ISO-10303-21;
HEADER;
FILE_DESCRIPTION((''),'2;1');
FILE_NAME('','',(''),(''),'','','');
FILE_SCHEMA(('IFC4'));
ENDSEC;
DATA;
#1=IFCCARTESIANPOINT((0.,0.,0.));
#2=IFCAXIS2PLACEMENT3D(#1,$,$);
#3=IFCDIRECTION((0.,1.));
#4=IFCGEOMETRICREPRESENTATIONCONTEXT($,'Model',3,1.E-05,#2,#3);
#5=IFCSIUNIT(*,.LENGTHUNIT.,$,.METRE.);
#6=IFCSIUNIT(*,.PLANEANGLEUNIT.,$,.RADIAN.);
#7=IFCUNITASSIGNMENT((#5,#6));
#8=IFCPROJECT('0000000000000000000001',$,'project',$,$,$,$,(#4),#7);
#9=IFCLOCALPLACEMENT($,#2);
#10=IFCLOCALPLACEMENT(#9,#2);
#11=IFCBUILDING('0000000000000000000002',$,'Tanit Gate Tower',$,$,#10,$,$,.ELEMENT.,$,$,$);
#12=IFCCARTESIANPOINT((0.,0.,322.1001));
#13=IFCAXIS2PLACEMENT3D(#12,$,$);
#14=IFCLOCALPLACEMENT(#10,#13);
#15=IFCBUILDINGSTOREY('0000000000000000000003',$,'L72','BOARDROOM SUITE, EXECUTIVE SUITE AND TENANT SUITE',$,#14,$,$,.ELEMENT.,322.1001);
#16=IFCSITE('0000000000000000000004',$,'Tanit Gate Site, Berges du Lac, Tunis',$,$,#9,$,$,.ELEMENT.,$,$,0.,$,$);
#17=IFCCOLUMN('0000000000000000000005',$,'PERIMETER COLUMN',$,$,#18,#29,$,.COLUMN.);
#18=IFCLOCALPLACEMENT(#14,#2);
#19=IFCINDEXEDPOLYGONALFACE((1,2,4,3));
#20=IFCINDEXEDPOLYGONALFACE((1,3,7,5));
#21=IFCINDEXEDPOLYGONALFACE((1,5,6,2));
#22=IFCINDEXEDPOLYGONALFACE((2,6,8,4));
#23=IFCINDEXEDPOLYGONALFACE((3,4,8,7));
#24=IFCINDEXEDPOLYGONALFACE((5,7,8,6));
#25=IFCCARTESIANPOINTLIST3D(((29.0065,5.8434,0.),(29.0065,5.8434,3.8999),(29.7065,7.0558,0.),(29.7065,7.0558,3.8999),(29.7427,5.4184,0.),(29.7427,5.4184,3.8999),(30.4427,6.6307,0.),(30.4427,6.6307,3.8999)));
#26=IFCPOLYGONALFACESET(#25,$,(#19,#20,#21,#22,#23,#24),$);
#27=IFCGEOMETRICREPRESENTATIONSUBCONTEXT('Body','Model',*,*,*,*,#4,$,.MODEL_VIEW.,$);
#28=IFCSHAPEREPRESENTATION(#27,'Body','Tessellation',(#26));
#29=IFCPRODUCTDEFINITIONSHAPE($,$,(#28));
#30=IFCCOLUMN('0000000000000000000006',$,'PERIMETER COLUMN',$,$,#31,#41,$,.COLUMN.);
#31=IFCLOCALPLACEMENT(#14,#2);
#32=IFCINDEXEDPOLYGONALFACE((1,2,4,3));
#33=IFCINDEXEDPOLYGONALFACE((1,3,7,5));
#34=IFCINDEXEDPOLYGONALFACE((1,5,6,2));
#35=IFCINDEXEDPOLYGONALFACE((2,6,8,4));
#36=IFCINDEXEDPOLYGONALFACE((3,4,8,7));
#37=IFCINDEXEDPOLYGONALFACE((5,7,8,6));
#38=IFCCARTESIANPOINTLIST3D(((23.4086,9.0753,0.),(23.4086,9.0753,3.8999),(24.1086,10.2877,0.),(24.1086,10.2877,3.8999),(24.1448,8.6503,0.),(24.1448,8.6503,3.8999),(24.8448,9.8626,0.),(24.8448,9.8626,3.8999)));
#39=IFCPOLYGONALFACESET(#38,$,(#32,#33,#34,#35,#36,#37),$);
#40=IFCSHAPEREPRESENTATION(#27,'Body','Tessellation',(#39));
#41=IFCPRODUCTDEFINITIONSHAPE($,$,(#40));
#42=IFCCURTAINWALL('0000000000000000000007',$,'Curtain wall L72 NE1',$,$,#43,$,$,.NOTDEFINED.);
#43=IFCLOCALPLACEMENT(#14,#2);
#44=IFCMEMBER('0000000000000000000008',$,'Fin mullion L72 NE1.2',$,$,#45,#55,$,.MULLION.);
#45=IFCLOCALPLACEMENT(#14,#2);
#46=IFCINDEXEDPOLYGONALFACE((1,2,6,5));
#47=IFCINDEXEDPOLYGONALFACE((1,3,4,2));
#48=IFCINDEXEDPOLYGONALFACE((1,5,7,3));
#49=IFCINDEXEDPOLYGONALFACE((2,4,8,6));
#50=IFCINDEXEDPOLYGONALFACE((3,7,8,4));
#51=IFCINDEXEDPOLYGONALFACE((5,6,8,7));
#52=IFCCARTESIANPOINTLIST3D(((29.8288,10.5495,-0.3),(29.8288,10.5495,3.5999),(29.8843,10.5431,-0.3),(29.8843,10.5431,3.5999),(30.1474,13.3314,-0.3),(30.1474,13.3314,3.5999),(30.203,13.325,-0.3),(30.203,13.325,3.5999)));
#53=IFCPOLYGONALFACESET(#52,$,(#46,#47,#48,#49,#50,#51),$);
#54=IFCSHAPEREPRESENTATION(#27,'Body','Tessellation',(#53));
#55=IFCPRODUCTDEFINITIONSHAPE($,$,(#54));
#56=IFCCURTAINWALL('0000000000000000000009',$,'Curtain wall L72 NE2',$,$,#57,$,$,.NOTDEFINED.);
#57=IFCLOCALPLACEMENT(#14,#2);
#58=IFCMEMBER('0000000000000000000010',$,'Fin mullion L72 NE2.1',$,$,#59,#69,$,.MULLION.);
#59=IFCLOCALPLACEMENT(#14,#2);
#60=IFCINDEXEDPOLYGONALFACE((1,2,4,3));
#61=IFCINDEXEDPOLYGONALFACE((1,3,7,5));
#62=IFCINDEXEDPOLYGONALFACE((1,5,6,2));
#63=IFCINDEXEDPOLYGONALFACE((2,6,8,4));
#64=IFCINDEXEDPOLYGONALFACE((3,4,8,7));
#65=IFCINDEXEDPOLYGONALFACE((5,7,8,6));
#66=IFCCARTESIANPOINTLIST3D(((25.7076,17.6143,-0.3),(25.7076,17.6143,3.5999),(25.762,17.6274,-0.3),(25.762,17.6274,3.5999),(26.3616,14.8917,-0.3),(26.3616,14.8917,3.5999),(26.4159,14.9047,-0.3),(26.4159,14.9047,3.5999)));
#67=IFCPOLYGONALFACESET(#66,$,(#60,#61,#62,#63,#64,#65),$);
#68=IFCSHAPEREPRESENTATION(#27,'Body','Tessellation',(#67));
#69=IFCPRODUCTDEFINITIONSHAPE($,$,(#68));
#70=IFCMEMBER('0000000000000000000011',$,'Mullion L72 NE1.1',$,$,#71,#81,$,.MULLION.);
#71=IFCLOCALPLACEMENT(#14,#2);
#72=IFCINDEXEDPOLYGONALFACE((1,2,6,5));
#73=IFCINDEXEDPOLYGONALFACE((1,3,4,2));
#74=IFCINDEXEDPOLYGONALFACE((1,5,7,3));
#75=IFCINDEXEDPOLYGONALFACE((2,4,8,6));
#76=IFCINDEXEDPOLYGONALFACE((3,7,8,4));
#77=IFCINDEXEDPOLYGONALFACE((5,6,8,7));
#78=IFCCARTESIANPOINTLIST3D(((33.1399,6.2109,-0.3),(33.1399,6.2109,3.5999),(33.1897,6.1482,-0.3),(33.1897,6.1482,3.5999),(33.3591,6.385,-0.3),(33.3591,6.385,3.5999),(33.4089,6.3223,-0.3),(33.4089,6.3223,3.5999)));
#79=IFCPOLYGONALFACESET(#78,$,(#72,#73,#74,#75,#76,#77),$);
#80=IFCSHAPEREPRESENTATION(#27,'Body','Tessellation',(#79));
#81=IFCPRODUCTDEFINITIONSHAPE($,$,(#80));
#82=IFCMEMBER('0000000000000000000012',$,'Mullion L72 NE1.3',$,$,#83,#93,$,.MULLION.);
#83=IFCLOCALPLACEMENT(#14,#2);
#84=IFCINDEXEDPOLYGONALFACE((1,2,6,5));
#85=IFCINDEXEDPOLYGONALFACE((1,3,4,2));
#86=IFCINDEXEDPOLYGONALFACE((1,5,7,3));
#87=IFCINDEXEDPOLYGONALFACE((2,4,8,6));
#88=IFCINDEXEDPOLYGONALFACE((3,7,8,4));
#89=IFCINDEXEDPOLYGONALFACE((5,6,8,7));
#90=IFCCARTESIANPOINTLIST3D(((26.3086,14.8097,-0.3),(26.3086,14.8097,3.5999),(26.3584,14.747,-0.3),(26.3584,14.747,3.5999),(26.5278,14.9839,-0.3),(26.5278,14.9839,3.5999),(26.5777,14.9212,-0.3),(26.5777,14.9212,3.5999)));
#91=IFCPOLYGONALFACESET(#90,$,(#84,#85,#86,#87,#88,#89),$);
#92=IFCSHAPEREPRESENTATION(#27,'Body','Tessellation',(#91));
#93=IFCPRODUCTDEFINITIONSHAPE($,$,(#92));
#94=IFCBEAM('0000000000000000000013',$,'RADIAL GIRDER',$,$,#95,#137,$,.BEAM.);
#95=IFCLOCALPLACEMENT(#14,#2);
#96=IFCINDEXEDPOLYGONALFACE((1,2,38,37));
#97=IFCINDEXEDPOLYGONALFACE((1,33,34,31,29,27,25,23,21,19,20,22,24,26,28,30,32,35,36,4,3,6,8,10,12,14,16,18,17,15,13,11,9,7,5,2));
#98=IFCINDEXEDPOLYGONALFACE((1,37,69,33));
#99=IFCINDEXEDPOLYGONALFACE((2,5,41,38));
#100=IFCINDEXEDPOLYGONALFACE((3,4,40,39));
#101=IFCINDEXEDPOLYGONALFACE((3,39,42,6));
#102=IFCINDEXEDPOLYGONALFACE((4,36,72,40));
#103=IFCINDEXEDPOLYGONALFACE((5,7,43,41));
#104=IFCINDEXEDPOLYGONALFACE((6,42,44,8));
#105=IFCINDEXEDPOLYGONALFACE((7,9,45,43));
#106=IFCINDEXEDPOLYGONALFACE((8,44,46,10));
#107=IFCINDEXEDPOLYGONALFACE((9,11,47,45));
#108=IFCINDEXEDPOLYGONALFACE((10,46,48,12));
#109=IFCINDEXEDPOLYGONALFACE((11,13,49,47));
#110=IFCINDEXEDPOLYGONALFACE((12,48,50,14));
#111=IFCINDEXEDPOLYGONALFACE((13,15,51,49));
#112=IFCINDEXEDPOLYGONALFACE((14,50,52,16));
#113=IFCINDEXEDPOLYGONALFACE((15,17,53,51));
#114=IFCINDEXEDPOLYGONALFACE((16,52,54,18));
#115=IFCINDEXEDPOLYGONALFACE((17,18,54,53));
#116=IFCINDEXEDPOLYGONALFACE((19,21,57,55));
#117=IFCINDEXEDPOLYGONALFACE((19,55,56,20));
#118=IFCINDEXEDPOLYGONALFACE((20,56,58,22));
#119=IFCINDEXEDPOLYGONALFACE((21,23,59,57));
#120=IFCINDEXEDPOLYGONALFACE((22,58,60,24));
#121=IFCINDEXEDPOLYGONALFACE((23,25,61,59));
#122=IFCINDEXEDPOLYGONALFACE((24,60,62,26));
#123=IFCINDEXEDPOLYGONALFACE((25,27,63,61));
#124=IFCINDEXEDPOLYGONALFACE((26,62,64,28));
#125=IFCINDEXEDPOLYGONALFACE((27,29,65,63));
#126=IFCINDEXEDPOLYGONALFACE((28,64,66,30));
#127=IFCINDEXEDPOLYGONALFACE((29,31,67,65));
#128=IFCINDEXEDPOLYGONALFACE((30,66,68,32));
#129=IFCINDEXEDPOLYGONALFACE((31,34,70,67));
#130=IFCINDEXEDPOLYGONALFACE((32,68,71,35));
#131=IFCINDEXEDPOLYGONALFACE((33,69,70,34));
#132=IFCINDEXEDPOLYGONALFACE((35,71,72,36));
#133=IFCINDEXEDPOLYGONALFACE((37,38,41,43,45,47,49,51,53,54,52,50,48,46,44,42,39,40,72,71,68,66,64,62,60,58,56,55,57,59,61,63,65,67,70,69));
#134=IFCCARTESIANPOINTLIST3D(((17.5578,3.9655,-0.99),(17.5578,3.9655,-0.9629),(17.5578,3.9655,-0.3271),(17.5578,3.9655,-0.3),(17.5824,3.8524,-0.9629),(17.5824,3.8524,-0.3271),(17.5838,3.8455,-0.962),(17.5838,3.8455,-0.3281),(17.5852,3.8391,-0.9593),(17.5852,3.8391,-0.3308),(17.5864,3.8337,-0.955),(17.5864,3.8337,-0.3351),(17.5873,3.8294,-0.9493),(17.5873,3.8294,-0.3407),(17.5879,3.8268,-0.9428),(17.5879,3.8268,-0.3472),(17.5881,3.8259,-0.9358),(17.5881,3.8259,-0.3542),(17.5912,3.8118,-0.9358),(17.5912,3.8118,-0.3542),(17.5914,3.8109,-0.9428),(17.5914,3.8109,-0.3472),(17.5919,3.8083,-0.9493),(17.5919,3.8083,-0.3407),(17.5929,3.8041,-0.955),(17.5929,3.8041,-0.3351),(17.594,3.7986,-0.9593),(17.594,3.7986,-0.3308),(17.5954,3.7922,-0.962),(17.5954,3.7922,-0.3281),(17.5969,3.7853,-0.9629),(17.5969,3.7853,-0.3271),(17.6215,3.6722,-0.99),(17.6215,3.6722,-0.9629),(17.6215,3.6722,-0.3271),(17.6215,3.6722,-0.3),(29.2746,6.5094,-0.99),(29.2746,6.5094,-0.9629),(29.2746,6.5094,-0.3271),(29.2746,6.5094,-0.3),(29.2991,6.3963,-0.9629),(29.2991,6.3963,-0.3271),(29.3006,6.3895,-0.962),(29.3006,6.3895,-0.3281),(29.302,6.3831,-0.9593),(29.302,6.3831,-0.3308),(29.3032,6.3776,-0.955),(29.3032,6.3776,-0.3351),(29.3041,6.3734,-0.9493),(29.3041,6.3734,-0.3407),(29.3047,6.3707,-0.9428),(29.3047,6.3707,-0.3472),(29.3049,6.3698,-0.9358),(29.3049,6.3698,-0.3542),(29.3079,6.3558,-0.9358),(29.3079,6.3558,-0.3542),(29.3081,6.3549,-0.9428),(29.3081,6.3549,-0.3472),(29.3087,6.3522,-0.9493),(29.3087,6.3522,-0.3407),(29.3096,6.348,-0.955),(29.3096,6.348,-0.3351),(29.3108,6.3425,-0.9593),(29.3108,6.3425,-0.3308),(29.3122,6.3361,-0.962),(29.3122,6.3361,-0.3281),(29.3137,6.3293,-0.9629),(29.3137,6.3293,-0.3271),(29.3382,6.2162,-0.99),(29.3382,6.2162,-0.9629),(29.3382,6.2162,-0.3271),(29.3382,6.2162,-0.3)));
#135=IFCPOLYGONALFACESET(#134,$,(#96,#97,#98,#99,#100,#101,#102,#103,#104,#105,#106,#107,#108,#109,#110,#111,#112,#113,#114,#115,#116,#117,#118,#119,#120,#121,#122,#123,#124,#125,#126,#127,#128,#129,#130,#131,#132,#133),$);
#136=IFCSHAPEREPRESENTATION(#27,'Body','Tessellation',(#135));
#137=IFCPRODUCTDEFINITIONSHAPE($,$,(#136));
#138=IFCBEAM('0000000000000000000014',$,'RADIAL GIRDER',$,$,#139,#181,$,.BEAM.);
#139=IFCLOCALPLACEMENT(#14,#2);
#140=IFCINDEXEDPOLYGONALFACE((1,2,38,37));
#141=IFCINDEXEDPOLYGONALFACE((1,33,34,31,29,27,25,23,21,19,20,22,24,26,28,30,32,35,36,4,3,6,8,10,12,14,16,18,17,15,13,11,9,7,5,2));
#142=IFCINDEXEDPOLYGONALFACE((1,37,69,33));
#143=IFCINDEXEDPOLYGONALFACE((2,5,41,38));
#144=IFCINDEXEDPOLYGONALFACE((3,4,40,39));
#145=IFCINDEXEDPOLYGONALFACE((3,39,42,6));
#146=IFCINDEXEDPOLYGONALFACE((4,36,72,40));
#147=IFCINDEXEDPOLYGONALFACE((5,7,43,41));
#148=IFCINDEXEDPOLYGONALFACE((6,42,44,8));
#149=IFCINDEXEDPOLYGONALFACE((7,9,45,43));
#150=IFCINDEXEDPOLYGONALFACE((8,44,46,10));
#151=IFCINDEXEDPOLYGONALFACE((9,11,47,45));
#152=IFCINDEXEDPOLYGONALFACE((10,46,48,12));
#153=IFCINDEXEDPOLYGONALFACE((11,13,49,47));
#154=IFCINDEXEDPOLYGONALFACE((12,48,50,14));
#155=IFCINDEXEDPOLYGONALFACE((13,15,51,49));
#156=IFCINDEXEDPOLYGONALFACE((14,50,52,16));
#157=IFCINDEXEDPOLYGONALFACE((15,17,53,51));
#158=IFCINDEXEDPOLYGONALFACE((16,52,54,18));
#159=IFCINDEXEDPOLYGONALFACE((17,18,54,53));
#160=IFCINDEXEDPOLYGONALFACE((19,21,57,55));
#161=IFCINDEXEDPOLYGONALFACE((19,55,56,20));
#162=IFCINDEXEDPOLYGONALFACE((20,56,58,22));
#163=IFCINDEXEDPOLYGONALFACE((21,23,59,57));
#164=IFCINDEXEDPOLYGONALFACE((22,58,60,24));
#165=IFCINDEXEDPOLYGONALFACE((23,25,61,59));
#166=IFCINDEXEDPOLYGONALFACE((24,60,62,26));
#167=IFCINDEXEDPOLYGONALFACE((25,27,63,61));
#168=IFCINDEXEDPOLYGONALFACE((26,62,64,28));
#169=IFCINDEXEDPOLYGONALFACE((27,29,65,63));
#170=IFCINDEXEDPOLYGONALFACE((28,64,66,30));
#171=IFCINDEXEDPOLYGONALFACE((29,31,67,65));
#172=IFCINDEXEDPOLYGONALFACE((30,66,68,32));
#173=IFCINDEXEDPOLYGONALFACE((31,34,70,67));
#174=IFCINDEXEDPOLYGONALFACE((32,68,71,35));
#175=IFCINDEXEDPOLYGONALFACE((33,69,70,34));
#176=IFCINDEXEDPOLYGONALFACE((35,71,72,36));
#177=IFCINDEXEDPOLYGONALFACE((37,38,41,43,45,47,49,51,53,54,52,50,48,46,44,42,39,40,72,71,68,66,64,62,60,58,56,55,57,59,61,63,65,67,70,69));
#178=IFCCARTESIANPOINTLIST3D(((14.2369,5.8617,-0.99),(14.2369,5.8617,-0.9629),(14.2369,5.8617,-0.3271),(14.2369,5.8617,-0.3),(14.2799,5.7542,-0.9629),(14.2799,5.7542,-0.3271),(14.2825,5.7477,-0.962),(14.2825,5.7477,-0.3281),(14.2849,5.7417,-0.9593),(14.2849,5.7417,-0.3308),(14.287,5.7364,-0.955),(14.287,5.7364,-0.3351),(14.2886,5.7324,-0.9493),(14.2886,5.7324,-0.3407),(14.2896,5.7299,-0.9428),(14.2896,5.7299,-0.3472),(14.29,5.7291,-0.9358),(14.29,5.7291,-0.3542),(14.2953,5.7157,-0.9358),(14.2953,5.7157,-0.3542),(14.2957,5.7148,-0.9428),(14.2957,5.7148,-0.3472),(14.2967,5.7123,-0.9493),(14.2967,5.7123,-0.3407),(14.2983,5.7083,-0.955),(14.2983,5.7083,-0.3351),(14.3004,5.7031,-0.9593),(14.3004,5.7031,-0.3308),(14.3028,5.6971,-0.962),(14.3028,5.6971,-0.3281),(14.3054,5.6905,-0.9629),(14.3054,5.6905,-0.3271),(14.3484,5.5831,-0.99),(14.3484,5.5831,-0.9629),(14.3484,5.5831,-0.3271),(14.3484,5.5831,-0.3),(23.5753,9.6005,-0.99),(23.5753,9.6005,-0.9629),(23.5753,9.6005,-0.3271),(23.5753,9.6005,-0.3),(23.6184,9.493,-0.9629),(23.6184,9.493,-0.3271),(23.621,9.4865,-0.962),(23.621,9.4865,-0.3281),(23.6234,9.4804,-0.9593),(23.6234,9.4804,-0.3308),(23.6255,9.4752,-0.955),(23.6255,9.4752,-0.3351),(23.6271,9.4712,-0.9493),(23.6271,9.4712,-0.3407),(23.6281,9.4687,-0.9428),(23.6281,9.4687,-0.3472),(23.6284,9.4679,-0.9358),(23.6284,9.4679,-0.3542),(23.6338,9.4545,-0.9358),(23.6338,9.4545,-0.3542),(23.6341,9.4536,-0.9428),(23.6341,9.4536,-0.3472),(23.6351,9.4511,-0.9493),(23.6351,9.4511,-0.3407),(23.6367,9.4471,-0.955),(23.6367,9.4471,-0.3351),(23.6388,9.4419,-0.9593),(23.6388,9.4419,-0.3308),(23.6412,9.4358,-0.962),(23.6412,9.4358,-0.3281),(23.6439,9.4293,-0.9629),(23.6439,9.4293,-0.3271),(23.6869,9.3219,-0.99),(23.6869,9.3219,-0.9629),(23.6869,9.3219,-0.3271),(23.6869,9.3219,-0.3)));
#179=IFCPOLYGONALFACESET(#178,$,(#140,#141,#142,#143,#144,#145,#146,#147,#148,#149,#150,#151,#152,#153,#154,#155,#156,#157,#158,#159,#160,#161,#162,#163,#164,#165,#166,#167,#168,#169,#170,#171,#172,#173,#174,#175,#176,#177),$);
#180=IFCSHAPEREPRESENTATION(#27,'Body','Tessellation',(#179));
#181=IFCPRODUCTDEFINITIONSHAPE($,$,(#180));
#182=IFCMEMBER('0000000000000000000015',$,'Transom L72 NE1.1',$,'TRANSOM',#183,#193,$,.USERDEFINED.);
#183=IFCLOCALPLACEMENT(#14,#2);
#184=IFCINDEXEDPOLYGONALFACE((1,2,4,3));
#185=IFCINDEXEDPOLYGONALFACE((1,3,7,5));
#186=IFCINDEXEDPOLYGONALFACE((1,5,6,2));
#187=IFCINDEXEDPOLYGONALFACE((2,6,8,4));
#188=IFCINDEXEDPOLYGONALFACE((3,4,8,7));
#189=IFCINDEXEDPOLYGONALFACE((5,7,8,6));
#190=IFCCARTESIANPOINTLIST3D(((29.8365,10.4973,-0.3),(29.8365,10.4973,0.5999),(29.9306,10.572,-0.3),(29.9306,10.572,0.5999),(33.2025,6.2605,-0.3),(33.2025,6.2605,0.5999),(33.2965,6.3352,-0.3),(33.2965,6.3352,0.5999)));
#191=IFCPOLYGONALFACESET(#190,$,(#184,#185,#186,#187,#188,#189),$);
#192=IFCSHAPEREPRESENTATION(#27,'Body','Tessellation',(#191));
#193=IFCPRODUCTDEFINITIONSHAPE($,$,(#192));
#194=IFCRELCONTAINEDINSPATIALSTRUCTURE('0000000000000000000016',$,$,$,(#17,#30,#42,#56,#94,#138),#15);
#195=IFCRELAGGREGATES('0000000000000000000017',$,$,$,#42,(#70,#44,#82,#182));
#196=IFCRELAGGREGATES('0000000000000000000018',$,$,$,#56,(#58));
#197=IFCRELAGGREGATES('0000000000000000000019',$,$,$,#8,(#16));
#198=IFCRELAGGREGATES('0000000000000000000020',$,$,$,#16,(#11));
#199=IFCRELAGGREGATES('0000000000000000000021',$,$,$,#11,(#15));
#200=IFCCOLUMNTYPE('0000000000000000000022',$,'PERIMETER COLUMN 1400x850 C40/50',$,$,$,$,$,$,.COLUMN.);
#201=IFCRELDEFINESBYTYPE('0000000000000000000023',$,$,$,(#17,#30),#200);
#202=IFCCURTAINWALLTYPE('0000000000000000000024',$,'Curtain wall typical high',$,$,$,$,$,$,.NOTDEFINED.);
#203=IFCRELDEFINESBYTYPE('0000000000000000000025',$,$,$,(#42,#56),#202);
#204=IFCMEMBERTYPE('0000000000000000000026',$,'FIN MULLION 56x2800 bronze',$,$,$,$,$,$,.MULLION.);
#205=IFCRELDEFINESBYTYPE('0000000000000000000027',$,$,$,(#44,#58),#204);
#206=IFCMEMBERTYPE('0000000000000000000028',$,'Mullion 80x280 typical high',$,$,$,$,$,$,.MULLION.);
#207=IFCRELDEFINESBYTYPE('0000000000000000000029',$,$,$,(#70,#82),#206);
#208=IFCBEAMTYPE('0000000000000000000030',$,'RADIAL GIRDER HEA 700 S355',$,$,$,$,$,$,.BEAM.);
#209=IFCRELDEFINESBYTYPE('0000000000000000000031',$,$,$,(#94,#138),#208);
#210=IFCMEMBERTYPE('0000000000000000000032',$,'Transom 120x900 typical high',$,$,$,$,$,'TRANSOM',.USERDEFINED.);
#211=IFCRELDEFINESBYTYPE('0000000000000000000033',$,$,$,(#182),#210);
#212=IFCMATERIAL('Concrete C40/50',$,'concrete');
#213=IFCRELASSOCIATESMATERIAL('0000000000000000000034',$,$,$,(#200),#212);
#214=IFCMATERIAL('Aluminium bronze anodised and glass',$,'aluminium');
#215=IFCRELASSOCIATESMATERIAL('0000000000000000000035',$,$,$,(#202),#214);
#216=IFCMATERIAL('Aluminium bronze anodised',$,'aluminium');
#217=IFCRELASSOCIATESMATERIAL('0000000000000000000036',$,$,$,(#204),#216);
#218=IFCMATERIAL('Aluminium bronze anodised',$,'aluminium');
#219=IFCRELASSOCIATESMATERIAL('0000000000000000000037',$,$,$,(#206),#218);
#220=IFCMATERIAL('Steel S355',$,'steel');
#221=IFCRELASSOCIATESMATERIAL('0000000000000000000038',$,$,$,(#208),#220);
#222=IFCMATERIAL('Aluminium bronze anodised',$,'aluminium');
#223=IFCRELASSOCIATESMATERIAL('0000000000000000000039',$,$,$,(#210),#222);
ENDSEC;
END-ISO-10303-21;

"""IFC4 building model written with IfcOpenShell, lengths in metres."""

from ifc_helpers import new_model, si_unit, direction, frame, origin, origin_2d, place, context, subcontext, project, spatial, rectangle, i_section, extrude, material, material_profile, profile_set, type_object, element, aggregate, save


model = new_model("IFC4")

# Units and contexts
model_context = context("Model", 3, precision=1e-05, world=origin(), true_north=direction((0.0, 1.0)))
body_context = subcontext(model_context, "Body", "Model", "MODEL_VIEW")
ifc_project = project(units=[si_unit("LENGTHUNIT", "METRE"), si_unit("PLANEANGLEUNIT", "RADIAN")], contexts=[model_context])

# Site, building, storey
site_placement = place(None, origin())
site = spatial("IfcSite", under=ifc_project, at=site_placement, Name="Tanit Gate Site, Berges du Lac, Tunis", CompositionType="ELEMENT", RefElevation=0.0)
building_placement = place(site_placement, origin())
building = spatial("IfcBuilding", under=site, at=building_placement, Name="Tanit Gate Tower", CompositionType="ELEMENT")
storey_placement = place(building_placement, frame((0.0, 0.0, 322.1001)))
storey = spatial("IfcBuildingStorey", under=building, at=storey_placement, Name="L72", Description="BOARDROOM SUITE, EXECUTIVE SUITE AND TENANT SUITE", CompositionType="ELEMENT", Elevation=322.1001)

# Columns
ifc_material_1 = material(Name="Concrete C40/50", Category="concrete")
ifc_material_profile_1 = material_profile(ifc_material_1, rectangle(XDim=1.3999, YDim=0.8501, at=origin_2d()), Name="RC 1400x850")
ifc_profile_set_1 = profile_set([ifc_material_profile_1], Name="Concrete C40/50")
column_type = type_object("IfcColumnType", Name="PERIMETER COLUMN 1400x850 C40/50", PredefinedType="COLUMN", material=ifc_profile_set_1)
for number, where, z_axis, x_axis, name in (
    (1, (29.7246, 6.2371, 0.0), (0.0, 0.0, 1.0), (0.5, 0.866025, 0.0), "PERIMETER COLUMN"),
    (2, (24.1267, 9.469, 0.0), (0.0, 0.0, 1.0), (0.5, 0.866025, 0.0), "PERIMETER COLUMN"),
):
    element("IfcColumn", number, at=place(storey_placement, frame(where, z_axis=z_axis, x_axis=x_axis)), inside=storey, type_object=column_type, Name=name, PredefinedType="COLUMN", context=body_context, shape_type="SweptSolid", body=[
        extrude(rectangle(XDim=1.3999, YDim=0.8501, at=origin_2d()), origin(), (0.0, 0.0, 1.0), 3.8999),
    ])

# Curtain walls, members
ifc_material_2 = material(Name="Aluminium bronze anodised and glass", Category="aluminium")
curtain_wall_type = type_object("IfcCurtainWallType", Name="Curtain wall typical high", PredefinedType="NOTDEFINED", material=ifc_material_2)
curtain_wall_1_placement = place(storey_placement, origin())
curtain_wall_1 = element("IfcCurtainWall", 3, at=curtain_wall_1_placement, inside=storey, type_object=curtain_wall_type, Name="Curtain wall L72 NE1", PredefinedType="NOTDEFINED")
ifc_material_3 = material(Name="Aluminium bronze anodised", Category="aluminium")
ifc_material_profile_2 = material_profile(ifc_material_3, rectangle(XDim=2.8, YDim=0.0559, at=origin_2d()), Name="56x2800 bronze fin mullion")
ifc_profile_set_2 = profile_set([ifc_material_profile_2], Name="Aluminium bronze anodised")
member_type_1 = type_object("IfcMemberType", Name="FIN MULLION 56x2800 bronze", PredefinedType="MULLION", material=ifc_profile_set_2)
member_1_placement = place(storey_placement, frame((30.0159, 11.9373, -0.3), z_axis=(0.0, 0.0, 1.0), x_axis=(-0.113811, -0.993502, 0.0)))
member_1 = element("IfcMember", 4, at=member_1_placement, type_object=member_type_1, Name="Fin mullion L72 NE1.2", PredefinedType="MULLION", context=body_context, shape_type="SweptSolid", body=[
    extrude(rectangle(XDim=2.8, YDim=0.0559, at=origin_2d()), origin(), (0.0, 0.0, 1.0), 3.8999),
])
curtain_wall_2_placement = place(storey_placement, origin())
curtain_wall_2 = element("IfcCurtainWall", 5, at=curtain_wall_2_placement, inside=storey, type_object=curtain_wall_type, Name="Curtain wall L72 NE2", PredefinedType="NOTDEFINED")
member_2_placement = place(storey_placement, frame((26.0618, 16.2595, -0.3), z_axis=(0.0, 0.0, 1.0), x_axis=(0.233557, -0.972343, 0.0)))
member_2 = element("IfcMember", 6, at=member_2_placement, type_object=member_type_1, Name="Fin mullion L72 NE2.1", PredefinedType="MULLION", context=body_context, shape_type="SweptSolid", body=[
    extrude(rectangle(XDim=2.8, YDim=0.0559, at=origin_2d()), origin(), (0.0, 0.0, 1.0), 3.8999),
])

# Members
ifc_material_4 = material(Name="Aluminium bronze anodised", Category="aluminium")
ifc_material_profile_3 = material_profile(ifc_material_4, rectangle(XDim=0.28, YDim=0.0801, at=origin_2d()), Name="80x280 bronze mullion")
ifc_profile_set_3 = profile_set([ifc_material_profile_3], Name="Aluminium bronze anodised")
member_type_2 = type_object("IfcMemberType", Name="Mullion 80x280 typical high", PredefinedType="MULLION", material=ifc_profile_set_3)
member_3_placement = place(storey_placement, frame((33.2744, 6.2666, -0.3), z_axis=(0.0, 0.0, 1.0), x_axis=(-0.782989, -0.622036, 0.0)))
member_3 = element("IfcMember", 7, at=member_3_placement, type_object=member_type_2, Name="Mullion L72 NE1.1", PredefinedType="MULLION", context=body_context, shape_type="SweptSolid", body=[
    extrude(rectangle(XDim=0.28, YDim=0.0801, at=origin_2d()), origin(), (0.0, 0.0, 1.0), 3.8999),
])
member_4_placement = place(storey_placement, frame((26.4431, 14.8655, -0.3), z_axis=(0.0, 0.0, 1.0), x_axis=(-0.782989, -0.622036, 0.0)))
member_4 = element("IfcMember", 8, at=member_4_placement, type_object=member_type_2, Name="Mullion L72 NE1.3", PredefinedType="MULLION", context=body_context, shape_type="SweptSolid", body=[
    extrude(rectangle(XDim=0.28, YDim=0.0801, at=origin_2d()), origin(), (0.0, 0.0, 1.0), 3.8999),
])

# Beams
ifc_material_5 = material(Name="Steel S355", Category="steel")
ifc_material_profile_4 = material_profile(ifc_material_5, i_section(OverallWidth=0.3, OverallDepth=0.6899, WebThickness=0.0144, FlangeThickness=0.0271, FilletRadius=0.0271, at=origin_2d()), Name="HEA 700")
ifc_profile_set_4 = profile_set([ifc_material_profile_4], Name="Steel S355")
beam_type = type_object("IfcBeamType", Name="RADIAL GIRDER HEA 700 S355", PredefinedType="BEAM", material=ifc_profile_set_4)
beam_1_placement = place(storey_placement, frame((29.3064, 6.3628, -0.645), z_axis=(-0.977231, -0.212176, 0.0), x_axis=(0.212176, -0.977231, 0.0)))
element("IfcBeam", 9, at=beam_1_placement, inside=storey, type_object=beam_type, Name="RADIAL GIRDER", PredefinedType="BEAM", context=body_context, shape_type="SweptSolid", body=[
    extrude(i_section(OverallWidth=0.3, OverallDepth=0.6899, WebThickness=0.0144, FlangeThickness=0.0271, FilletRadius=0.0271, at=origin_2d()), origin(), (0.0, 0.0, 1.0), 11.9897),
])
beam_2_placement = place(storey_placement, frame((23.6311, 9.4612, -0.645), z_axis=(-0.928359, -0.371684, 0.0), x_axis=(0.371684, -0.928359, 0.0)))
element("IfcBeam", 10, at=beam_2_placement, inside=storey, type_object=beam_type, Name="RADIAL GIRDER", PredefinedType="BEAM", context=body_context, shape_type="SweptSolid", body=[
    extrude(i_section(OverallWidth=0.3, OverallDepth=0.6899, WebThickness=0.0144, FlangeThickness=0.0271, FilletRadius=0.0271, at=origin_2d()), origin(), (0.0, 0.0, 1.0), 10.0591),
])

# Member
ifc_material_6 = material(Name="Aluminium bronze anodised", Category="aluminium")
ifc_material_profile_5 = material_profile(ifc_material_6, rectangle(XDim=0.1201, YDim=0.8999, at=origin_2d()), Name="120x900 bronze transom")
ifc_profile_set_5 = profile_set([ifc_material_profile_5], Name="Aluminium bronze anodised")
member_type_3 = type_object("IfcMemberType", Name="Transom 120x900 typical high", ElementType="TRANSOM", PredefinedType="USERDEFINED", material=ifc_profile_set_5)
member_5_placement = place(storey_placement, frame((33.2495, 6.2979, 0.1499), z_axis=(-0.622045, 0.782982, 0.0), x_axis=(-0.782982, -0.622045, 0.0)))
member_5 = element("IfcMember", 11, at=member_5_placement, type_object=member_type_3, Name="Transom L72 NE1.1", ObjectType="TRANSOM", PredefinedType="USERDEFINED", context=body_context, shape_type="SweptSolid", body=[
    extrude(rectangle(XDim=0.1201, YDim=0.8999, at=origin_2d()), origin(), (0.0, 0.0, 1.0), 5.4111),
])

aggregate(curtain_wall_1, [member_3, member_1, member_4, member_5])
aggregate(curtain_wall_2, [member_2])

save(model, "model.ifc")
